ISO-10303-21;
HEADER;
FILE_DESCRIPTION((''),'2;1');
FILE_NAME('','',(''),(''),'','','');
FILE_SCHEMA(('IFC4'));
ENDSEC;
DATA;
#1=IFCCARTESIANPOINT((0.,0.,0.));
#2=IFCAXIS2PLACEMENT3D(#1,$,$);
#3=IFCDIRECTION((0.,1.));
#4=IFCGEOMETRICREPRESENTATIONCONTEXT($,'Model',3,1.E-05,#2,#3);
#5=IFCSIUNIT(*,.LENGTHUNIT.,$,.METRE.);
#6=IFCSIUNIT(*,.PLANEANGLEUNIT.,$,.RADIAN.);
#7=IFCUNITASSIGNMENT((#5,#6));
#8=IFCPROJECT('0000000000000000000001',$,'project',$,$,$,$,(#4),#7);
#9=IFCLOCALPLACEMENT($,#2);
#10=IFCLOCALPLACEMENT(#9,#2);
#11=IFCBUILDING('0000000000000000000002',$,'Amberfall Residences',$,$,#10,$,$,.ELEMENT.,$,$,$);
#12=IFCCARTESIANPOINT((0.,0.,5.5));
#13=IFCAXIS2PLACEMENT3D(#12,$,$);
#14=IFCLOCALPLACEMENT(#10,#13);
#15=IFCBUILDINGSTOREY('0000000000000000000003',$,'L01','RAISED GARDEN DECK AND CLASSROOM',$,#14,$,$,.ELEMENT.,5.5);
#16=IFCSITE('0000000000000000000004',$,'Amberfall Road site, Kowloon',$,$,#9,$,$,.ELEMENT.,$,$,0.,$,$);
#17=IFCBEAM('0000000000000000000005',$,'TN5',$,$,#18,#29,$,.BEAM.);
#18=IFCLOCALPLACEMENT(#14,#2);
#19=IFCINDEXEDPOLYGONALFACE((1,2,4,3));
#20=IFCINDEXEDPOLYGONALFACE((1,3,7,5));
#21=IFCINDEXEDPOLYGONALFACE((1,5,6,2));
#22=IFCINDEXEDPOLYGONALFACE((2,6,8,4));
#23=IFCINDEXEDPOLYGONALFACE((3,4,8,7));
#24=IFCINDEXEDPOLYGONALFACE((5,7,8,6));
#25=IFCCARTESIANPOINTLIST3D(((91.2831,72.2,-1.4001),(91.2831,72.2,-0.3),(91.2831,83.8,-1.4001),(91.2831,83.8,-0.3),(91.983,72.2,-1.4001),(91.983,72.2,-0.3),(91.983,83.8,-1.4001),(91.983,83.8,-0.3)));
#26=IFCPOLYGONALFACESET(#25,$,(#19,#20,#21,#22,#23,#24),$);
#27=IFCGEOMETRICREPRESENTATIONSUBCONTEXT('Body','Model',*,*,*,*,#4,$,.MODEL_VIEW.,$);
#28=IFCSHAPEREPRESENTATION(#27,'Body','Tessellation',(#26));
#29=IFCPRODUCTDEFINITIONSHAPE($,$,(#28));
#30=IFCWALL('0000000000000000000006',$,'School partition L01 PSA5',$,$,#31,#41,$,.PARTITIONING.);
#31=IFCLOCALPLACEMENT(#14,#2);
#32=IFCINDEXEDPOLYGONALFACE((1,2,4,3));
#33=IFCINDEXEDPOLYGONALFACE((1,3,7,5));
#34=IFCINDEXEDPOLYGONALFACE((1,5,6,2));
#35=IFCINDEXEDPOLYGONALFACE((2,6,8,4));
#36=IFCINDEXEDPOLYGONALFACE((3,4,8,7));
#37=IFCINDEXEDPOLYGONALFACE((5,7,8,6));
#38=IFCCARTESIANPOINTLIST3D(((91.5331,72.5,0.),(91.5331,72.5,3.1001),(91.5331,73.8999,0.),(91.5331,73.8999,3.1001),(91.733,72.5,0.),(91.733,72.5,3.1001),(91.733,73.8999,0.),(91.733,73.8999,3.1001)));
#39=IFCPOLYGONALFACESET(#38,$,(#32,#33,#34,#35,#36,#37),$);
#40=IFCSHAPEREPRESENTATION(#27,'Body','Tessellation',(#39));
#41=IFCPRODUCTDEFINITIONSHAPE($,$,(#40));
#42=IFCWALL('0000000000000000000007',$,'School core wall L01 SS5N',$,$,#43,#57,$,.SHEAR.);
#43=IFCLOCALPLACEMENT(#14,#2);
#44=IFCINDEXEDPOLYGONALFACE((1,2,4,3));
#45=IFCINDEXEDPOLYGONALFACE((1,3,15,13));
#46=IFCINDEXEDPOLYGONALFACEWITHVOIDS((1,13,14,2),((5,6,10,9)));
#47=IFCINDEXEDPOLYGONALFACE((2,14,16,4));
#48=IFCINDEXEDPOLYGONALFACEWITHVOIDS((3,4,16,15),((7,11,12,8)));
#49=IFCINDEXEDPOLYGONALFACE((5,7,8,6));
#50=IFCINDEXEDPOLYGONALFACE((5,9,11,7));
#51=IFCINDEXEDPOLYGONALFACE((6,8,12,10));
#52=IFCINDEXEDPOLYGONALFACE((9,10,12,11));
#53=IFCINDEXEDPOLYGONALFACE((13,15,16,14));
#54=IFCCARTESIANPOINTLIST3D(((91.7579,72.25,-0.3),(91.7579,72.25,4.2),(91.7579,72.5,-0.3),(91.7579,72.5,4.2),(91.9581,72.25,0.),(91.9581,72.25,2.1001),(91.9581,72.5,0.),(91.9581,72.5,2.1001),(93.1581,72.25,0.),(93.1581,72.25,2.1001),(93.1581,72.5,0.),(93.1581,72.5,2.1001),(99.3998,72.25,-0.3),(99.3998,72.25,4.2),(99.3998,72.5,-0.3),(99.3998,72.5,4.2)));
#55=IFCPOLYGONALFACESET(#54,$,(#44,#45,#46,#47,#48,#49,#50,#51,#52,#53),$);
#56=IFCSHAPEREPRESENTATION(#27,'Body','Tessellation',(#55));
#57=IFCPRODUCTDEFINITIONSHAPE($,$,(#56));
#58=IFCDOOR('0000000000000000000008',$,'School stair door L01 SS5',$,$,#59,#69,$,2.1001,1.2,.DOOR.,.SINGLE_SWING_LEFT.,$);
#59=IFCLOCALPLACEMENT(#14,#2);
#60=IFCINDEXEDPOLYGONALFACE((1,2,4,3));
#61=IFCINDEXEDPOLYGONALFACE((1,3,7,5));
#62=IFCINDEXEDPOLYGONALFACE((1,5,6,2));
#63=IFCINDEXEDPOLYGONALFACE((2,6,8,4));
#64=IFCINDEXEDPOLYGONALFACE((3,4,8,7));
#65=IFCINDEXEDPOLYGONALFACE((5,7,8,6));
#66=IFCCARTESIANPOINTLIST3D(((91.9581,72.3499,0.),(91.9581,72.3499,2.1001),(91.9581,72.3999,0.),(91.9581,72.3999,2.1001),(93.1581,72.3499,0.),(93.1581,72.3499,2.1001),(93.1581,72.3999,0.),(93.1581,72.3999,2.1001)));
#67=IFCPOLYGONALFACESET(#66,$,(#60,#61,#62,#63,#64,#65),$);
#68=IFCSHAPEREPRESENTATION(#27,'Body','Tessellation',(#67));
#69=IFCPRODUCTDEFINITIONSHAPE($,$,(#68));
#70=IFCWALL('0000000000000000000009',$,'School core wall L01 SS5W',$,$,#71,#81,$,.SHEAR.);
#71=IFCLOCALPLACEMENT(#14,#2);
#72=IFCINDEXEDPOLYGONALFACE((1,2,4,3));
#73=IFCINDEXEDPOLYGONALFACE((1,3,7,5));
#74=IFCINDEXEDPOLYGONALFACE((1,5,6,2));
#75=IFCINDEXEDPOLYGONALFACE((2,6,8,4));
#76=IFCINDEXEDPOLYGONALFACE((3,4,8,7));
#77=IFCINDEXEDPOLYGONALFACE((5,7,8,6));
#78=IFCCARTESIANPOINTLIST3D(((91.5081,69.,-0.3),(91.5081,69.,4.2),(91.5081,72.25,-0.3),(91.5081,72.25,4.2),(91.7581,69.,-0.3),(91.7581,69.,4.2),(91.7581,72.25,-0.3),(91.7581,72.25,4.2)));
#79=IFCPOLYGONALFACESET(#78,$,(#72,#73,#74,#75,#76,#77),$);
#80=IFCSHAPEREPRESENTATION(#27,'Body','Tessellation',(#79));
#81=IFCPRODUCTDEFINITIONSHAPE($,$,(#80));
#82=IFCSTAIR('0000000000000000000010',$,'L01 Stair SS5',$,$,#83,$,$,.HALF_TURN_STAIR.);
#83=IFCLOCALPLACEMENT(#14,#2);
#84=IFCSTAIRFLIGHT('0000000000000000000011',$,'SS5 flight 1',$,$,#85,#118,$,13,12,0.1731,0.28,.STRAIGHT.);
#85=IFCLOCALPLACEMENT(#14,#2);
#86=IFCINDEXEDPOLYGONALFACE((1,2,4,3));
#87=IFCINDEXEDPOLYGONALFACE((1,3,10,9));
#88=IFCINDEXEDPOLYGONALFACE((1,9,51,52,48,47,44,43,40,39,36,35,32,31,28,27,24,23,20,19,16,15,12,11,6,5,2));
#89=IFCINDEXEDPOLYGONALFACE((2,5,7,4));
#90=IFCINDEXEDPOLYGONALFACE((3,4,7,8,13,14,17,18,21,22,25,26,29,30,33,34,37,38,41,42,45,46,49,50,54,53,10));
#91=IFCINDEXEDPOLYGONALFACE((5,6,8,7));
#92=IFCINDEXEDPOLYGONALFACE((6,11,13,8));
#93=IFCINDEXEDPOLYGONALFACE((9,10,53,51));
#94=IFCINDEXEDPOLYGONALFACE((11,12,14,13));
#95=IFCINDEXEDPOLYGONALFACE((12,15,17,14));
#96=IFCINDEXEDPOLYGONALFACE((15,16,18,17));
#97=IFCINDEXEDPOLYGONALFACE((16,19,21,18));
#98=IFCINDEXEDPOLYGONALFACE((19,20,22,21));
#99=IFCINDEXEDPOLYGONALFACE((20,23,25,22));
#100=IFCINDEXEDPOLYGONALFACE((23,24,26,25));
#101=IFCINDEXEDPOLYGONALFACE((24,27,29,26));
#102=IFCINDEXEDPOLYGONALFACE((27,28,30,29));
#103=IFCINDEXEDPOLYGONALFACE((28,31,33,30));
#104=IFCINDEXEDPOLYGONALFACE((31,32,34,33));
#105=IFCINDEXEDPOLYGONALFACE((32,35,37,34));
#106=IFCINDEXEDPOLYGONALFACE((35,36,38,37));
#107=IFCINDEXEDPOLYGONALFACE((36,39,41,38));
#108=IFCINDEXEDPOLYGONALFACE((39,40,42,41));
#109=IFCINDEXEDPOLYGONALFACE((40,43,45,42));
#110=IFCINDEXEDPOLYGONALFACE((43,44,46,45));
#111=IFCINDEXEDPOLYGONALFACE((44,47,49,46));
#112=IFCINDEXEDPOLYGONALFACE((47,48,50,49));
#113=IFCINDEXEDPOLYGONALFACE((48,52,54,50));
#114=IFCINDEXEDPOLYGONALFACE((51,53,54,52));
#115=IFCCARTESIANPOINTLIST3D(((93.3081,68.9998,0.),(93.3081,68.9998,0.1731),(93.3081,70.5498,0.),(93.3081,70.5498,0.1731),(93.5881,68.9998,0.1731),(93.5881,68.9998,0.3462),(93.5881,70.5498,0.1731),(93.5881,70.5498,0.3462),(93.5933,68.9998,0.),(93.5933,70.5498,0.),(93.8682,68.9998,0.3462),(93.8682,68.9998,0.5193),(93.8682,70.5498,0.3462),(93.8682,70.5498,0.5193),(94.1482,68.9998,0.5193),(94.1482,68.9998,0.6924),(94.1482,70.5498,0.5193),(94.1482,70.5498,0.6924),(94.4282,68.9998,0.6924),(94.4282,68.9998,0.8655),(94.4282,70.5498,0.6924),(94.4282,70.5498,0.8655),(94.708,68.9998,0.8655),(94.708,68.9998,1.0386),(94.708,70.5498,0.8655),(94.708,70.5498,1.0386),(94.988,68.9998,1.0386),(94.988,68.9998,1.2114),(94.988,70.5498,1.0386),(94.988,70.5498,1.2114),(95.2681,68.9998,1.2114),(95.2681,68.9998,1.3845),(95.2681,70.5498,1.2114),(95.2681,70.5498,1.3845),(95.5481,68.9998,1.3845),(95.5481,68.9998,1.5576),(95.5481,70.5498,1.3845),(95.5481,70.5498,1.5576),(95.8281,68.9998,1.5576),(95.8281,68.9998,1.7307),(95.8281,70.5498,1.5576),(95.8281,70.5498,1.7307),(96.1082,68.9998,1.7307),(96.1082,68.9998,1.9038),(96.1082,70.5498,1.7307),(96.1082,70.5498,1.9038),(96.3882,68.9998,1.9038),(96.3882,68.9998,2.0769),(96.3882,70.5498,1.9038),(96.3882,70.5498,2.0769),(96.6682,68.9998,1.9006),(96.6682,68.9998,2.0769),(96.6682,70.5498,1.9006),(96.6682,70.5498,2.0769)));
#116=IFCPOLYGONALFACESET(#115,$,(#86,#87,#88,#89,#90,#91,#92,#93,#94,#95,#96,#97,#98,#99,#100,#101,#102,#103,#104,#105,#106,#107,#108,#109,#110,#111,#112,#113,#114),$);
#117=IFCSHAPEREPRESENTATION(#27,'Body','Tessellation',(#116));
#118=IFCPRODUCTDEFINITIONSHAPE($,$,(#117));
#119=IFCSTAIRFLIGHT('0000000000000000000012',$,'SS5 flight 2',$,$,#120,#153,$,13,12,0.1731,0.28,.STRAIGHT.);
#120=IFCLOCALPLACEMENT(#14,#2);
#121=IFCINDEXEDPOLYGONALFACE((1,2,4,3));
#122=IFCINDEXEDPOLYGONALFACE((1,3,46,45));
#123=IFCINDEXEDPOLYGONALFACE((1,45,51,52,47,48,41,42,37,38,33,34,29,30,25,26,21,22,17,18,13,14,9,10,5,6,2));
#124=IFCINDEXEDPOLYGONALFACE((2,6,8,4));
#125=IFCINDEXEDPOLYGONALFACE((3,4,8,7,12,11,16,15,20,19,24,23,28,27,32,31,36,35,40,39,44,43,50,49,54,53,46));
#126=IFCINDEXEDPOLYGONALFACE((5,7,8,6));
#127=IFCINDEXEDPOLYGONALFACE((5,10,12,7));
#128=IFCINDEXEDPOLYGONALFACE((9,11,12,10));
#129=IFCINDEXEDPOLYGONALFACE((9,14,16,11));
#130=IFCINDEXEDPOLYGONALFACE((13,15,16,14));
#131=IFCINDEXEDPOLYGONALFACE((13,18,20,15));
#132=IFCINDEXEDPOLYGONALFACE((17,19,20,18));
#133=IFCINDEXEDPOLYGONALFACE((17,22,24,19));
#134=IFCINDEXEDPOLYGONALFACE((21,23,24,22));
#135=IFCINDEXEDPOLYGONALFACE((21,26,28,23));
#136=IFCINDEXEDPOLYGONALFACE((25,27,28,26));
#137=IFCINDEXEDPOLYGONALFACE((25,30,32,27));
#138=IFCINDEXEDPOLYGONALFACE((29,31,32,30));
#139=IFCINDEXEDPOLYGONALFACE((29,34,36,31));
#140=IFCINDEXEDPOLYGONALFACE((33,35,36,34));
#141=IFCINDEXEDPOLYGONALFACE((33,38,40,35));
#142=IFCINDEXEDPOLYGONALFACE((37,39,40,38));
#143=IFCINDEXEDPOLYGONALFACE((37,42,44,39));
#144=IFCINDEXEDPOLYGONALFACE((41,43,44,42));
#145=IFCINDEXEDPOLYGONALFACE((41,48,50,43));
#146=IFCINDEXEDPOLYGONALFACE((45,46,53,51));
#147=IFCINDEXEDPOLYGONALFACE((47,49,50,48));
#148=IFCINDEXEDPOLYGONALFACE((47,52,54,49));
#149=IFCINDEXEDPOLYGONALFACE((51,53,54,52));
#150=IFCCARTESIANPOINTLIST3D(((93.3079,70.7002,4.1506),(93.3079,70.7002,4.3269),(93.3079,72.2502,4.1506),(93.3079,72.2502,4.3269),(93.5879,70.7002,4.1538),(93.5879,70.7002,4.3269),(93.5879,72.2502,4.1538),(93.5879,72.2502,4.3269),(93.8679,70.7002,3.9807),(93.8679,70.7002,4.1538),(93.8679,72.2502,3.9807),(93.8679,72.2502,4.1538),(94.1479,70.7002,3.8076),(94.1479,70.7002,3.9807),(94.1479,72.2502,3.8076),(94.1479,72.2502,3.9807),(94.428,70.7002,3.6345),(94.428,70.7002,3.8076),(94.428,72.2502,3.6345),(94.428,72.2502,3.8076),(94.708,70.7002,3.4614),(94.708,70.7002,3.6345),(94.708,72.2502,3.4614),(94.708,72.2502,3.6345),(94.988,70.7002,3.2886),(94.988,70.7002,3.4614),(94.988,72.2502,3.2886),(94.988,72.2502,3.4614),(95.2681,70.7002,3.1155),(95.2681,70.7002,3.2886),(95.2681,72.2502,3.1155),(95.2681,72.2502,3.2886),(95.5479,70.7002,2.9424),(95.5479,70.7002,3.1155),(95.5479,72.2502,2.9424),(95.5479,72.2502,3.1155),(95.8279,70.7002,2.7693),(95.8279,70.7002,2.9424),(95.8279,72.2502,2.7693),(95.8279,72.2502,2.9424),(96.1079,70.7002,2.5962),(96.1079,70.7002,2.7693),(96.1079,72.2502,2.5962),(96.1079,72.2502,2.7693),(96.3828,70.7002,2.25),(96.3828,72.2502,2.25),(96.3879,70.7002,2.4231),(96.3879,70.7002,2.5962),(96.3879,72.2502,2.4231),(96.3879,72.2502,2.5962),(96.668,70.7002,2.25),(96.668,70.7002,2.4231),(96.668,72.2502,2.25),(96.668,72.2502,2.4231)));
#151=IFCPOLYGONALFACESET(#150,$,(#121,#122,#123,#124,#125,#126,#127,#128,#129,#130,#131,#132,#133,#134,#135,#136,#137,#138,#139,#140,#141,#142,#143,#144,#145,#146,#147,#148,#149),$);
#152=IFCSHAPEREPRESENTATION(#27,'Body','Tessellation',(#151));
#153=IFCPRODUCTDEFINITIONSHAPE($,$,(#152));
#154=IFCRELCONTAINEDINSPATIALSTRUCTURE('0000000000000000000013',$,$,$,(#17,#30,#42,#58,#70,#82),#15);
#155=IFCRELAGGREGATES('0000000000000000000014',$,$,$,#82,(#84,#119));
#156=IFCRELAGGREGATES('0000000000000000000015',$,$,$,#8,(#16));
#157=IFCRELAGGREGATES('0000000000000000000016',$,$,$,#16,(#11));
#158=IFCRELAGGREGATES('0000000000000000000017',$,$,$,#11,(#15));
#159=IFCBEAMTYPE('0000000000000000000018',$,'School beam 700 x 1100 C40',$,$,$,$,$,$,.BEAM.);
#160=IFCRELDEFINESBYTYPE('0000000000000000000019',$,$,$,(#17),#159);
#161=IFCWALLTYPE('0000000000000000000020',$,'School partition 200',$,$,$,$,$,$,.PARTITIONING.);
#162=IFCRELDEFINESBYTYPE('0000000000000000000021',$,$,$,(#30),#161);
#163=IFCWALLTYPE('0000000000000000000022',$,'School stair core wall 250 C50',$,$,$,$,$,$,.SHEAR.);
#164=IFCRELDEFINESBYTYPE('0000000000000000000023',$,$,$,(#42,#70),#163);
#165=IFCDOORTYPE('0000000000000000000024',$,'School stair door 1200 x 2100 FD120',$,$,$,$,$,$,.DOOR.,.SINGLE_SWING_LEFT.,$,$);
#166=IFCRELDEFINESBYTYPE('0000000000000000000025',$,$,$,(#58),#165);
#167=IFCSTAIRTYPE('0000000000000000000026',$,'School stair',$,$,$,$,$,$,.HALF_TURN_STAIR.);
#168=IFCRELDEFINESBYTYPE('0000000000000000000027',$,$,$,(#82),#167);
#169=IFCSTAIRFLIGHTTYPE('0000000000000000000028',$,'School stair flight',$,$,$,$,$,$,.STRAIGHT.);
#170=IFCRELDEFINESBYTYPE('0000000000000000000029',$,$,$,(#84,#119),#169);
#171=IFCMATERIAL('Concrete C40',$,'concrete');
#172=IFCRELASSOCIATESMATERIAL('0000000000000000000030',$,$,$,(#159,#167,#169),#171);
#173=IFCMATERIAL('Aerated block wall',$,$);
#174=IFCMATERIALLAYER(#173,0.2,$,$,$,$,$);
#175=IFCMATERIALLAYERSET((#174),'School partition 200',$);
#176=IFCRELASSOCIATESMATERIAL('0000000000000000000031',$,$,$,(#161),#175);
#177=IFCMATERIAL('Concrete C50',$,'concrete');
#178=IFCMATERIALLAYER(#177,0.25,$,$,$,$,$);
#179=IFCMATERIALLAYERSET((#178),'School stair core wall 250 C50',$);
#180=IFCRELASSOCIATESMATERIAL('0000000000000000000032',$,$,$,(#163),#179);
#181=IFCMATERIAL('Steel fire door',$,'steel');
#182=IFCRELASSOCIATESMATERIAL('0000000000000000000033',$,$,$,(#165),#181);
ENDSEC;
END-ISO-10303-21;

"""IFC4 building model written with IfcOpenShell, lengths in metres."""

from ifc_helpers import new_model, si_unit, direction, frame, frame_2d, origin, origin_2d, place, context, subcontext, project, spatial, polyline, rectangle, outline, extrude, material, layer, layer_set, material_profile, profile_set, type_object, element, fill, aggregate, save


model = new_model("IFC4")

# Units and contexts
model_context = context("Model", 3, precision=1e-05, world=origin(), true_north=direction((0.0, 1.0)))
body_context = subcontext(model_context, "Body", "Model", "MODEL_VIEW")
ifc_project = project(units=[si_unit("LENGTHUNIT", "METRE"), si_unit("PLANEANGLEUNIT", "RADIAN")], contexts=[model_context])

# Site, building, storey
site_placement = place(None, origin())
site = spatial("IfcSite", under=ifc_project, at=site_placement, Name="Amberfall Road site, Kowloon", CompositionType="ELEMENT", RefElevation=0.0)
building_placement = place(site_placement, origin())
building = spatial("IfcBuilding", under=site, at=building_placement, Name="Amberfall Residences", CompositionType="ELEMENT")
storey_placement = place(building_placement, frame((0.0, 0.0, 5.5)))
storey = spatial("IfcBuildingStorey", under=building, at=storey_placement, Name="L01", Description="RAISED GARDEN DECK AND CLASSROOM", CompositionType="ELEMENT", Elevation=5.5)

# Beam
ifc_material_1 = material(Name="Concrete C40", Category="concrete")
ifc_material_profile = material_profile(ifc_material_1, rectangle(XDim=0.7, YDim=1.1001, at=origin_2d()), Name="School beam 700 x 1100 C40")
ifc_profile_set = profile_set([ifc_material_profile], Name="Concrete C40")
beam_type = type_object("IfcBeamType", Name="School beam 700 x 1100 C40", PredefinedType="BEAM", material=ifc_profile_set)
beam_placement = place(storey_placement, frame((91.6331, 72.2, -0.8501), z_axis=(0.0, 1.0, 0.0), x_axis=(-1.0, 0.0, 0.0)))
element("IfcBeam", 1, at=beam_placement, inside=storey, type_object=beam_type, Name="TN5", PredefinedType="BEAM", context=body_context, shape_type="SweptSolid", body=[
    extrude(rectangle(XDim=0.7, YDim=1.1001, at=origin_2d()), origin(), (0.0, 0.0, 1.0), 11.6001),
])

# Wall
ifc_material_2 = material(Name="Aerated block wall")
ifc_layer_1 = layer(ifc_material_2, 0.2)
ifc_layer_set_1 = layer_set([ifc_layer_1], Name="School partition 200")
wall_type_1 = type_object("IfcWallType", Name="School partition 200", PredefinedType="PARTITIONING", material=ifc_layer_set_1)
wall_1_placement = place(storey_placement, frame((91.6331, 72.5, 0.0), z_axis=(0.0, 0.0, 1.0), x_axis=(0.0, 1.0, 0.0)))
element("IfcWall", 2, at=wall_1_placement, inside=storey, type_object=wall_type_1, Name="School partition L01 PSA5", PredefinedType="PARTITIONING", context=body_context, shape_type="SweptSolid", body=[
    extrude(rectangle(XDim=1.3999, YDim=0.2, at=frame_2d((0.7, 0.0))), origin(), (0.0, 0.0, 1.0), 3.1001),
])

# Wall, opening, door
ifc_material_3 = material(Name="Concrete C50", Category="concrete")
ifc_layer_2 = layer(ifc_material_3, 0.25)
ifc_layer_set_2 = layer_set([ifc_layer_2], Name="School stair core wall 250 C50")
wall_type_2 = type_object("IfcWallType", Name="School stair core wall 250 C50", PredefinedType="SHEAR", material=ifc_layer_set_2)
wall_2_placement = place(storey_placement, frame((91.7581, 72.375, -0.3), z_axis=(0.0, 0.0, 1.0), x_axis=(1.0, 0.0, 0.0)))
wall_2 = element("IfcWall", 3, at=wall_2_placement, inside=storey, type_object=wall_type_2, Name="School core wall L01 SS5N", PredefinedType="SHEAR", context=body_context, shape_type="SweptSolid", body=[
    extrude(rectangle(XDim=7.6418, YDim=0.25, at=frame_2d((3.8208, 0.0))), origin(), (0.0, 0.0, 1.0), 4.5),
])
opening_placement = place(wall_2_placement, frame((0.2, 0.0, 0.3)))
opening = element("IfcOpeningElement", 4, at=opening_placement, cuts=wall_2, PredefinedType="OPENING", context=body_context, shape_type="SweptSolid", body=[
    extrude(rectangle(XDim=1.2, YDim=2.1001, at=frame_2d((0.6001, 1.05))), frame((0.0, 0.135, 0.0), z_axis=(0.0, -1.0, 0.0), x_axis=(1.0, 0.0, 0.0)), (0.0, 0.0, 1.0), 0.27),
])
ifc_material_4 = material(Name="Steel fire door", Category="steel")
door_type = type_object("IfcDoorType", Name="School stair door 1200 x 2100 FD120", OperationType="SINGLE_SWING_LEFT", PredefinedType="DOOR", material=ifc_material_4)
door_placement = place(opening_placement, origin())
door = element("IfcDoor", 5, at=door_placement, inside=storey, type_object=door_type, Name="School stair door L01 SS5", OperationType="SINGLE_SWING_LEFT", OverallHeight=2.1001, OverallWidth=1.2, PredefinedType="DOOR", context=body_context, shape_type="SweptSolid", body=[
    extrude(rectangle(XDim=1.2, YDim=2.1001, at=frame_2d((0.6001, 1.05))), frame((0.0, 0.0249, 0.0), z_axis=(0.0, -1.0, 0.0), x_axis=(1.0, 0.0, 0.0)), (0.0, 0.0, 1.0), 0.05),
])
fill(opening, door)

# Wall
wall_3_placement = place(storey_placement, frame((91.6331, 69.0, -0.3), z_axis=(0.0, 0.0, 1.0), x_axis=(0.0, 1.0, 0.0)))
element("IfcWall", 6, at=wall_3_placement, inside=storey, type_object=wall_type_2, Name="School core wall L01 SS5W", PredefinedType="SHEAR", context=body_context, shape_type="SweptSolid", body=[
    extrude(rectangle(XDim=3.25, YDim=0.25, at=frame_2d((1.625, 0.0))), origin(), (0.0, 0.0, 1.0), 4.5),
])

# Stair, stair flights
stair_type = type_object("IfcStairType", Name="School stair", PredefinedType="HALF_TURN_STAIR", material=ifc_material_1)
stair_placement = place(storey_placement, origin())
stair = element("IfcStair", 7, at=stair_placement, inside=storey, type_object=stair_type, Name="L01 Stair SS5", PredefinedType="HALF_TURN_STAIR")
stair_flight_type = type_object("IfcStairFlightType", Name="School stair flight", PredefinedType="STRAIGHT", material=ifc_material_1)
stair_flight_1_placement = place(storey_placement, frame((93.3081, 69.7749, 0.0), z_axis=(0.0, 0.0, 1.0), x_axis=(1.0, 0.0, 0.0)))
stair_flight_1 = element("IfcStairFlight", 8, at=stair_flight_1_placement, type_object=stair_flight_type, Name="SS5 flight 1", NumberOfRisers=13, NumberOfTreads=12, PredefinedType="STRAIGHT", RiserHeight=0.1731, TreadLength=0.28, context=body_context, shape_type="SweptSolid", body=[
    extrude(outline(polyline([(0.0, 0.0), (0.0, 0.1731), (0.28, 0.1731), (0.28, 0.3462), (0.5601, 0.3462), (0.5601, 0.5193), (0.8401, 0.5193), (0.8401, 0.6924), (1.1201, 0.6924), (1.1201, 0.8655), (1.3999, 0.8655), (1.3999, 1.0386), (1.6799, 1.0386), (1.6799, 1.2114), (1.96, 1.2114), (1.96, 1.3845), (2.24, 1.3845), (2.24, 1.5576), (2.52, 1.5576), (2.52, 1.7307), (2.8, 1.7307), (2.8, 1.9038), (3.0801, 1.9038), (3.0801, 2.0769), (3.3601, 2.0769), (3.3601, 2.25), (3.3601, 1.9006), (0.2852, 0.0), (0.0, 0.0)])), frame((0.0, 0.7749, 0.0), z_axis=(0.0, -1.0, 0.0), x_axis=(1.0, 0.0, 0.0)), (0.0, 0.0, 1.0), 1.55),
])
stair_flight_2_placement = place(storey_placement, frame((96.668, 71.4751, 2.25), z_axis=(0.0, 0.0, 1.0), x_axis=(-1.0, 0.0, 0.0)))
stair_flight_2 = element("IfcStairFlight", 9, at=stair_flight_2_placement, type_object=stair_flight_type, Name="SS5 flight 2", NumberOfRisers=13, NumberOfTreads=12, PredefinedType="STRAIGHT", RiserHeight=0.1731, TreadLength=0.28, context=body_context, shape_type="SweptSolid", body=[
    extrude(outline(polyline([(0.0, 0.0), (0.0, 0.1731), (0.28, 0.1731), (0.28, 0.3462), (0.5601, 0.3462), (0.5601, 0.5193), (0.8401, 0.5193), (0.8401, 0.6924), (1.1201, 0.6924), (1.1201, 0.8655), (1.3999, 0.8655), (1.3999, 1.0386), (1.6799, 1.0386), (1.6799, 1.2114), (1.96, 1.2114), (1.96, 1.3845), (2.24, 1.3845), (2.24, 1.5576), (2.52, 1.5576), (2.52, 1.7307), (2.8, 1.7307), (2.8, 1.9038), (3.0801, 1.9038), (3.0801, 2.0769), (3.3601, 2.0769), (3.3601, 2.25), (3.3601, 1.9006), (0.2852, 0.0), (0.0, 0.0)])), frame((0.0, 0.7749, 0.0), z_axis=(0.0, -1.0, 0.0), x_axis=(1.0, 0.0, 0.0)), (0.0, 0.0, 1.0), 1.55),
])
aggregate(stair, [stair_flight_1, stair_flight_2])

save(model, "model.ifc")
